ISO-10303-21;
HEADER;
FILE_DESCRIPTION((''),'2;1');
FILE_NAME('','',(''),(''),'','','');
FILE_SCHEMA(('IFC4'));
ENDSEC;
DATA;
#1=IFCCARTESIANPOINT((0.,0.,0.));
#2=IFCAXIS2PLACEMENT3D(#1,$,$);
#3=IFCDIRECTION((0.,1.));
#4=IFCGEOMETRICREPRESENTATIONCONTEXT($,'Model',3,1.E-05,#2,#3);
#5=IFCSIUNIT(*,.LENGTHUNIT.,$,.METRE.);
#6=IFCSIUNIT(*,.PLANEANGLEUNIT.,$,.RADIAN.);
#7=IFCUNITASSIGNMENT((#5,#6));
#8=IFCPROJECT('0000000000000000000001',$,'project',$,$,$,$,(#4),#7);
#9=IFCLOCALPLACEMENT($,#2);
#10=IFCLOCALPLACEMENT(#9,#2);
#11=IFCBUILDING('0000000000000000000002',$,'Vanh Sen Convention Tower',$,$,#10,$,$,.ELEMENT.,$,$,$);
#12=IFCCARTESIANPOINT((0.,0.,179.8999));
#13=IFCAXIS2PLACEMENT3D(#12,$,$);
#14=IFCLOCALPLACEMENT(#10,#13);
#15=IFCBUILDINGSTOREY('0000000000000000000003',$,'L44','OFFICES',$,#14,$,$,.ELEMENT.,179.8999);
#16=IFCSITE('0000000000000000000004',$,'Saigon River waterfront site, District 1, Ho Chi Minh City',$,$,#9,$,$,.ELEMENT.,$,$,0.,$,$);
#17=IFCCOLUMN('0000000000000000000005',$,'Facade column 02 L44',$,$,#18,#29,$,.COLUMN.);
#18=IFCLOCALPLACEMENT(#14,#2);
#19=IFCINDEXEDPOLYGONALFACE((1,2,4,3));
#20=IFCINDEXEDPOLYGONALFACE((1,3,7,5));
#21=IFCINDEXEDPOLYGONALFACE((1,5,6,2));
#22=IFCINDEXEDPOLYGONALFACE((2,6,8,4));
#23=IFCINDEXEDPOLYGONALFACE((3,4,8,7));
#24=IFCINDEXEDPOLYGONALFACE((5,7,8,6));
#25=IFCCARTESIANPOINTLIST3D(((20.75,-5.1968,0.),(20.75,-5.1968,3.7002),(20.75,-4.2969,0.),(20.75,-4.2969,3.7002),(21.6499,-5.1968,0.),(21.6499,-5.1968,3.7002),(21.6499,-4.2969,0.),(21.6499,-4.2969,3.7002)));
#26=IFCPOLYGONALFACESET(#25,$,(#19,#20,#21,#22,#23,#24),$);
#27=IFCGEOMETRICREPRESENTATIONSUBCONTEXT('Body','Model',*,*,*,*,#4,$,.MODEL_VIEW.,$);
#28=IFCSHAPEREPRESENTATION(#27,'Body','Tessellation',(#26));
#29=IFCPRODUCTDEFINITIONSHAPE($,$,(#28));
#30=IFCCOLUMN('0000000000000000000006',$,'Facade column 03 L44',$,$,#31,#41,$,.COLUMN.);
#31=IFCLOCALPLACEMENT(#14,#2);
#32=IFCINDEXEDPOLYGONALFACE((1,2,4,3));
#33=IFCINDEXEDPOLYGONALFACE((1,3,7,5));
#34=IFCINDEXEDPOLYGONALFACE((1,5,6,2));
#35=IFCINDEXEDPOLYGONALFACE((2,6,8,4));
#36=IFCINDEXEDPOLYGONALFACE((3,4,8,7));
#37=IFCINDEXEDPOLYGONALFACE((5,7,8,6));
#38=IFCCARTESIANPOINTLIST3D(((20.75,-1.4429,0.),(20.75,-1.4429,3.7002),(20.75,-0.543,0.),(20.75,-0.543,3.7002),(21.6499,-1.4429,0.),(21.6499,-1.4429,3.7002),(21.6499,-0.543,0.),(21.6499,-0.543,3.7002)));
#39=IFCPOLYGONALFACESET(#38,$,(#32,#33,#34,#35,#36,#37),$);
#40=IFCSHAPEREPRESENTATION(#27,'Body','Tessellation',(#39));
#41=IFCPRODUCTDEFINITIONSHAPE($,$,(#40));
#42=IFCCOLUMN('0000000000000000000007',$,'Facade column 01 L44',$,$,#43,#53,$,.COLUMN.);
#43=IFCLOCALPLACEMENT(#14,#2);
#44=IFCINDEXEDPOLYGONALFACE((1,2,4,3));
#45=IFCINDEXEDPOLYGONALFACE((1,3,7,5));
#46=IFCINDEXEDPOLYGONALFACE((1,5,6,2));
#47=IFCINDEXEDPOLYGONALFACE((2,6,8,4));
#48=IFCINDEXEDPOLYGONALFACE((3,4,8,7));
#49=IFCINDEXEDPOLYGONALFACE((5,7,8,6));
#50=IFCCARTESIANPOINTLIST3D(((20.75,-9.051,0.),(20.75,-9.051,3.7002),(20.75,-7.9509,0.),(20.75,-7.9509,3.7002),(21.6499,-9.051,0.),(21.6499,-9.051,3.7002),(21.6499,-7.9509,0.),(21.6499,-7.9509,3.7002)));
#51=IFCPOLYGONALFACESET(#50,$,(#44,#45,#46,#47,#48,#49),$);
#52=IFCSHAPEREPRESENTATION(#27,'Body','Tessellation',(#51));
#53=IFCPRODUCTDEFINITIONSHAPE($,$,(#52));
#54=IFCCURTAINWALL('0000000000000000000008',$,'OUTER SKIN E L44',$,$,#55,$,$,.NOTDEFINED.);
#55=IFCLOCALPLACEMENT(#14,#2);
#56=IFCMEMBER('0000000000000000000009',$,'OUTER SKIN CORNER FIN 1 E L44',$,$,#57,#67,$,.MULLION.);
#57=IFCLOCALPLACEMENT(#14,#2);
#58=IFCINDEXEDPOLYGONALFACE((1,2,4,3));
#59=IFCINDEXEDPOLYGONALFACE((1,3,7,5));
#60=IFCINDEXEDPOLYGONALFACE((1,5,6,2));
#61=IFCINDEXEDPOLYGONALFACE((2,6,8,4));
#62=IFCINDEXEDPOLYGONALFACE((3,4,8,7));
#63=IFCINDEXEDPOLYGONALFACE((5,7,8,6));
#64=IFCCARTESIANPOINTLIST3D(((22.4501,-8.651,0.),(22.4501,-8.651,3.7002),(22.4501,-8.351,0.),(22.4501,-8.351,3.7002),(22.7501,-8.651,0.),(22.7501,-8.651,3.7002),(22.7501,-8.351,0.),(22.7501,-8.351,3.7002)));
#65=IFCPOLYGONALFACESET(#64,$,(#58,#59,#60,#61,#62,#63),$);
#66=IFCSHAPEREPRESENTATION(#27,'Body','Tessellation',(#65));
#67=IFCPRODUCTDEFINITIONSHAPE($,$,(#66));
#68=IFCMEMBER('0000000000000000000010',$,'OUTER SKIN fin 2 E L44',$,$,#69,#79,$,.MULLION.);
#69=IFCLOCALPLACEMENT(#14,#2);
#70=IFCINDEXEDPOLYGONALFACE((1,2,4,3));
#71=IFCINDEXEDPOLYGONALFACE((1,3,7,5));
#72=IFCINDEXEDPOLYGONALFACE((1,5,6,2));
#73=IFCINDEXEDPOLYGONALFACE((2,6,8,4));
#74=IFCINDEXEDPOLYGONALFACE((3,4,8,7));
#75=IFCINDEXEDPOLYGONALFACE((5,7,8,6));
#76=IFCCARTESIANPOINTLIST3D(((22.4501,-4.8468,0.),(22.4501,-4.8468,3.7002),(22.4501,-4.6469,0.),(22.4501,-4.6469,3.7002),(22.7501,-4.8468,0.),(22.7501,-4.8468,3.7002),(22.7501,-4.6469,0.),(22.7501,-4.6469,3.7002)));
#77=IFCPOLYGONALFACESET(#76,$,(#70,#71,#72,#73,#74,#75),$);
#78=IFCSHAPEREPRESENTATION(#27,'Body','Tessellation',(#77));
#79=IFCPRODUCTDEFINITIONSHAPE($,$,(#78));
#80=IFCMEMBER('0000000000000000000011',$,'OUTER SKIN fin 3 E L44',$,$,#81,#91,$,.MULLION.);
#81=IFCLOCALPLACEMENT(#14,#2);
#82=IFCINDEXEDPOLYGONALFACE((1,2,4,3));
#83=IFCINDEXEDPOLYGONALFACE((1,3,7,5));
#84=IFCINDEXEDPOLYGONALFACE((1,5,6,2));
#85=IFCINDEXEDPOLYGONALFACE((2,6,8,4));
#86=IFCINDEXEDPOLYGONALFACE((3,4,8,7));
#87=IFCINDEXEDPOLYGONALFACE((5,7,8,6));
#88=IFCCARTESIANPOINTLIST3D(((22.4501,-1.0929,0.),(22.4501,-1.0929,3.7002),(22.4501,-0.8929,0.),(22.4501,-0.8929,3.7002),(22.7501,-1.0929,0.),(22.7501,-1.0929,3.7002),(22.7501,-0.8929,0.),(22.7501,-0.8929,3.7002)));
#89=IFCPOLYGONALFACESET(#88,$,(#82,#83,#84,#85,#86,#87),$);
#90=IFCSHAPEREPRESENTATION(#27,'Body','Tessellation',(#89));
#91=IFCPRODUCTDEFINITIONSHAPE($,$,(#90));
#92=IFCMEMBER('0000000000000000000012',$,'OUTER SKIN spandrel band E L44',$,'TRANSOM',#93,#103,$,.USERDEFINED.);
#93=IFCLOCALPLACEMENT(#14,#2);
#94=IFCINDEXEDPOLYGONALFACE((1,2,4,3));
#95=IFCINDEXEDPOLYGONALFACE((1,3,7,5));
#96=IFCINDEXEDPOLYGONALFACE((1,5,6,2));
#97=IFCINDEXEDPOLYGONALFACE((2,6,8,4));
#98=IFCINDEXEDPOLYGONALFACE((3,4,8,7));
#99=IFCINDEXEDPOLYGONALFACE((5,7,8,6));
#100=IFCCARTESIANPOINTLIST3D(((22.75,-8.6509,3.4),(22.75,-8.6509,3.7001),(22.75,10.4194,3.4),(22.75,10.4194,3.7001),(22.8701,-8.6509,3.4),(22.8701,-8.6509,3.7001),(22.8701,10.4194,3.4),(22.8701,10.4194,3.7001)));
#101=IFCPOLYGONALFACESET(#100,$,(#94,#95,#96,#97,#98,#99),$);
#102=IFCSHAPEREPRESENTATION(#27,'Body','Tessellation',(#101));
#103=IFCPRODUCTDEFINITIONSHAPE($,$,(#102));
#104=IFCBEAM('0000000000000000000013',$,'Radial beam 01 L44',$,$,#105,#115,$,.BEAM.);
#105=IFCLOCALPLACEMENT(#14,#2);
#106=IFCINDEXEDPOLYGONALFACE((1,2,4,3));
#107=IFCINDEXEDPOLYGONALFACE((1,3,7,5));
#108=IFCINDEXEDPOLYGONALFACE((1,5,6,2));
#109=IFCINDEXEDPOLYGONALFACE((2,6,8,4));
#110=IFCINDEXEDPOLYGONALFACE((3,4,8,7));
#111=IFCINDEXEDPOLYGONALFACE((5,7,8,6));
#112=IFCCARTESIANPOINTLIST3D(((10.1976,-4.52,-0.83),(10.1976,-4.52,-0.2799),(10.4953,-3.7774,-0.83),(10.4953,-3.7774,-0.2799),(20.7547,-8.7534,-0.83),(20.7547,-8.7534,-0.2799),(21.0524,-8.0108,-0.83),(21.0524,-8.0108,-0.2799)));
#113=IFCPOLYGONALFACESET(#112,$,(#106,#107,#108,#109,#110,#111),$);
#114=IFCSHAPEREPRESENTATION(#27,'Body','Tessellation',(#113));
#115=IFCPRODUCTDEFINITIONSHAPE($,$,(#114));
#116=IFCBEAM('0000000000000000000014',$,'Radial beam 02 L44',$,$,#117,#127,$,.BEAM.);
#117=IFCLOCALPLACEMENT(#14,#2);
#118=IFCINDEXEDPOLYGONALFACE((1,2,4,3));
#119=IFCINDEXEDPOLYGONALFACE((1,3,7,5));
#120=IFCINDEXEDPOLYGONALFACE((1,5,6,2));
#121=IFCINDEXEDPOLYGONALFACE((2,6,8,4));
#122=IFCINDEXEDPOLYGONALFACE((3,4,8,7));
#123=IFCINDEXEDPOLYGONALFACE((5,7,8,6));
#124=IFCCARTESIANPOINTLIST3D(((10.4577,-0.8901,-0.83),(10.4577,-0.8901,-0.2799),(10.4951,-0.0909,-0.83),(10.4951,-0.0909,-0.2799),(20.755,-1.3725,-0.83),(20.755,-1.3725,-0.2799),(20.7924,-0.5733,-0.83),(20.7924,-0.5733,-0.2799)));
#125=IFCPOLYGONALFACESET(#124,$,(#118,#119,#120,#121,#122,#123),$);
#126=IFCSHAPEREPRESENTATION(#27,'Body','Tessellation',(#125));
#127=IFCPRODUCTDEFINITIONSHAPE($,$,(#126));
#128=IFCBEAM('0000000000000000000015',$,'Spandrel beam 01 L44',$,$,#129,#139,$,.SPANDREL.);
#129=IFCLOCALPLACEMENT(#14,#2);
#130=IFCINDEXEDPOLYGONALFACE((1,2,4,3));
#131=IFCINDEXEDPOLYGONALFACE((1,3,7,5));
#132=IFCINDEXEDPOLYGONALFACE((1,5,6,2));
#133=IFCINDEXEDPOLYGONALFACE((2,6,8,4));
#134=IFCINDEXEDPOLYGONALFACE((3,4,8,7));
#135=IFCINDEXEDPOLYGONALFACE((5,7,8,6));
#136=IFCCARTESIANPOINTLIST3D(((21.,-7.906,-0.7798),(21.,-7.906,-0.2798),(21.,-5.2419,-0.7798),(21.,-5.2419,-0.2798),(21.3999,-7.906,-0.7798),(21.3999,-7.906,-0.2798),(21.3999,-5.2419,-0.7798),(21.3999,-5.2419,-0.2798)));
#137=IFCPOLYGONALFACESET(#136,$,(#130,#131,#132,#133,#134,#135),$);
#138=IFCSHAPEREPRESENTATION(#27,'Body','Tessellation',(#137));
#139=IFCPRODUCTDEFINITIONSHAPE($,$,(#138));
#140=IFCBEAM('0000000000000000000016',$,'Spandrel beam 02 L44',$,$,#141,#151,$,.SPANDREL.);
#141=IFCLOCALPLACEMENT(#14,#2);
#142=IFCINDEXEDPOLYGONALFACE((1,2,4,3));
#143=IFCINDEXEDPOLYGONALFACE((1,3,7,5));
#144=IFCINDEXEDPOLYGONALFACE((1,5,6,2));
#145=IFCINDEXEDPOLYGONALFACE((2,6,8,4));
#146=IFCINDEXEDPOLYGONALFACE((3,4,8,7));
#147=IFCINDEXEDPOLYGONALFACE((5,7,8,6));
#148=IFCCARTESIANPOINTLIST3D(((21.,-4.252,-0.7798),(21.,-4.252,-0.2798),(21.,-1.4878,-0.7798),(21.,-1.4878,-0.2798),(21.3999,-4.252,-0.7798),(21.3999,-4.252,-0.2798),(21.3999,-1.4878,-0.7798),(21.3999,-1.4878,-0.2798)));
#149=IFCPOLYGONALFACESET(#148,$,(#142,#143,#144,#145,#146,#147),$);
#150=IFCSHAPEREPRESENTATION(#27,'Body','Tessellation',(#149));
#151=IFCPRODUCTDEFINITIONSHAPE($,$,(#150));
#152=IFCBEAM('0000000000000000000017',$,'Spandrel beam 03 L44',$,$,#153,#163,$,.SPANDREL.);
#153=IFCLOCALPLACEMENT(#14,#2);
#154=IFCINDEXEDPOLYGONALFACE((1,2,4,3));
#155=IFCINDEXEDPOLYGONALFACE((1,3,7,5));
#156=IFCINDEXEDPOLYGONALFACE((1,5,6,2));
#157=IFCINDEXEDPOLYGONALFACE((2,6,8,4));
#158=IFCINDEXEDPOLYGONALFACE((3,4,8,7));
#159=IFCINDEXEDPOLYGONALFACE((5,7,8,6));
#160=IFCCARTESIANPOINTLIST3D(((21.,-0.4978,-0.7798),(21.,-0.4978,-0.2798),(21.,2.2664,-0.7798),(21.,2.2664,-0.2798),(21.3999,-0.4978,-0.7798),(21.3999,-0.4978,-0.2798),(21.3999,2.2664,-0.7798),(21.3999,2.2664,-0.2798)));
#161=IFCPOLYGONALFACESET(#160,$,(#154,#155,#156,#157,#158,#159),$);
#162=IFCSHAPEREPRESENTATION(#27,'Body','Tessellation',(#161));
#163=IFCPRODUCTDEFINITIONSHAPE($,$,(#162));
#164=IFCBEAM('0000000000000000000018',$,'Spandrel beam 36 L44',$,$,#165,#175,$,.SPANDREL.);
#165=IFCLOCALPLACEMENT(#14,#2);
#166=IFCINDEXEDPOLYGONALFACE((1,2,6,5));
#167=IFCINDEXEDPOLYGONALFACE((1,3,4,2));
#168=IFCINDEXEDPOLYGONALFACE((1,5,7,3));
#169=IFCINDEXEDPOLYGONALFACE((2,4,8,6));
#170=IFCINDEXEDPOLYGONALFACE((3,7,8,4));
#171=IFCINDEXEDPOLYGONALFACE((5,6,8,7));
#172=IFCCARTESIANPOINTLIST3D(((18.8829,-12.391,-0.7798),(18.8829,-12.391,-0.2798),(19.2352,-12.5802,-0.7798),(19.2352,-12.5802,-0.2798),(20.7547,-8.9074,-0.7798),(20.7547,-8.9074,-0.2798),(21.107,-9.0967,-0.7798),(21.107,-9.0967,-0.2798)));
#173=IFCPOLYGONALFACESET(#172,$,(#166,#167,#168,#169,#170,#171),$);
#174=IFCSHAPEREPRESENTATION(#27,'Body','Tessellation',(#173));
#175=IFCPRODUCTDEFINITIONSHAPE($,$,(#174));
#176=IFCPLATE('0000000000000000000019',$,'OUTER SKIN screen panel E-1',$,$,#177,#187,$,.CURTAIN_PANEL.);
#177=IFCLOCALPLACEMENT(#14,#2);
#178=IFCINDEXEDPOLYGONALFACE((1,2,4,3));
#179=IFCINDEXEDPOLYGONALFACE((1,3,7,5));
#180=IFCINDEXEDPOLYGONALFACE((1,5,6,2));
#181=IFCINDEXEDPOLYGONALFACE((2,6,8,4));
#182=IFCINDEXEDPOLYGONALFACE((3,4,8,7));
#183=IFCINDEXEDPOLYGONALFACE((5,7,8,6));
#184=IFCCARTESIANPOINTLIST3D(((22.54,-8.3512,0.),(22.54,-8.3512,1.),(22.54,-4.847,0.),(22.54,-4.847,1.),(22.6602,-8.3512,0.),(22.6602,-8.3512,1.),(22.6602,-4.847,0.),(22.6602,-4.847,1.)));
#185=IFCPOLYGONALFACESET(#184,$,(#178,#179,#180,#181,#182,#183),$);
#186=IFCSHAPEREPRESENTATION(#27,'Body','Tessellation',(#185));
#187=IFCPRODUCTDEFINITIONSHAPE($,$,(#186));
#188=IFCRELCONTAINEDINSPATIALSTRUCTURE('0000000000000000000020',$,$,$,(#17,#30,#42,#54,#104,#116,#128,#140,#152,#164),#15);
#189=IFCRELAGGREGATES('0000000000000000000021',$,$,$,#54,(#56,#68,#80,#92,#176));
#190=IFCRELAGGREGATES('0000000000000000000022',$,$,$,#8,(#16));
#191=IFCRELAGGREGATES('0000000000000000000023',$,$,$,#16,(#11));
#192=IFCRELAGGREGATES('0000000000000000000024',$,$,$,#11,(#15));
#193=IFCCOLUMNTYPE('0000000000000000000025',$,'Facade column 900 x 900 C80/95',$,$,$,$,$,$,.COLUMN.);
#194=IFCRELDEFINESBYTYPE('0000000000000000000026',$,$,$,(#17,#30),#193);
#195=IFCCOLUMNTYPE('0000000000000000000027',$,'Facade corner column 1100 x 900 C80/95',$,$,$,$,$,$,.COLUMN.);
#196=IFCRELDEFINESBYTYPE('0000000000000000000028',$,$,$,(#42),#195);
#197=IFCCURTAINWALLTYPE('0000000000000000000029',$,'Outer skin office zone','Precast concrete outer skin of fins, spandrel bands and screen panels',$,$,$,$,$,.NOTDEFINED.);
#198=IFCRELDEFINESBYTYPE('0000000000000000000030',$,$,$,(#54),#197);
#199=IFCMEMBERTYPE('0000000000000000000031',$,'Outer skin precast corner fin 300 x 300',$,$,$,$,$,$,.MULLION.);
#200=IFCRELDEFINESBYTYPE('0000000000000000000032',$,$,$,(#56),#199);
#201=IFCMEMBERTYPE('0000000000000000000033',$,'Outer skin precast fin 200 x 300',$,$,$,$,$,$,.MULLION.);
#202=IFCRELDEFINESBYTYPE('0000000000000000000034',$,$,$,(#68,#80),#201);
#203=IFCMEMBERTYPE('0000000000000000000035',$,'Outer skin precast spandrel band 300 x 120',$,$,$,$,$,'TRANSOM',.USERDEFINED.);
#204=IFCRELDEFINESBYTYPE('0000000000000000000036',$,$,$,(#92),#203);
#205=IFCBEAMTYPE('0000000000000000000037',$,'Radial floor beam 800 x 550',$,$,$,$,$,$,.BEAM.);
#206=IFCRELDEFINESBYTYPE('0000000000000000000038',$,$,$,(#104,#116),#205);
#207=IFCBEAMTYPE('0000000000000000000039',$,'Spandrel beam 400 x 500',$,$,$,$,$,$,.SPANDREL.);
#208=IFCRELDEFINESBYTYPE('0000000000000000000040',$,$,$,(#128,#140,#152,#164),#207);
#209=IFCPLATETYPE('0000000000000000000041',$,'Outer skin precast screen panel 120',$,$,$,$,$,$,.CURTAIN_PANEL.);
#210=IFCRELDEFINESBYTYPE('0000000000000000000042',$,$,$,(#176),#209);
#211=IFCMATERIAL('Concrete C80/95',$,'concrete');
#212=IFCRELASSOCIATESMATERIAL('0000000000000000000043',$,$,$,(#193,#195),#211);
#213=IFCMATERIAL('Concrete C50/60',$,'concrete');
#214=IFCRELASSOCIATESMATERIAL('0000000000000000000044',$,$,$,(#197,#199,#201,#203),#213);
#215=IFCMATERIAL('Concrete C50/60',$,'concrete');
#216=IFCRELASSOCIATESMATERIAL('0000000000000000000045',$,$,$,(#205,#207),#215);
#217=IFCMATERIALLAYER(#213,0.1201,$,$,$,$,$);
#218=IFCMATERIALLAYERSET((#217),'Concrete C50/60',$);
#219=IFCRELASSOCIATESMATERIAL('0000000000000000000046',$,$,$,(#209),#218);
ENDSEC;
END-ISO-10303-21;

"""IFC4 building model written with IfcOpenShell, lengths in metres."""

from ifc_helpers import new_model, si_unit, direction, frame, origin, origin_2d, place, context, subcontext, project, spatial, rectangle, extrude, material, layer, layer_set, material_profile, profile_set, type_object, element, aggregate, save


model = new_model("IFC4")

# Units and contexts
model_context = context("Model", 3, precision=1e-05, world=origin(), true_north=direction((0.0, 1.0)))
body_context = subcontext(model_context, "Body", "Model", "MODEL_VIEW")
ifc_project = project(units=[si_unit("LENGTHUNIT", "METRE"), si_unit("PLANEANGLEUNIT", "RADIAN")], contexts=[model_context])

# Site, building, storey
site_placement = place(None, origin())
site = spatial("IfcSite", under=ifc_project, at=site_placement, Name="Saigon River waterfront site, District 1, Ho Chi Minh City", CompositionType="ELEMENT", RefElevation=0.0)
building_placement = place(site_placement, origin())
building = spatial("IfcBuilding", under=site, at=building_placement, Name="Vanh Sen Convention Tower", CompositionType="ELEMENT")
storey_placement = place(building_placement, frame((0.0, 0.0, 179.8999)))
storey = spatial("IfcBuildingStorey", under=building, at=storey_placement, Name="L44", Description="OFFICES", CompositionType="ELEMENT", Elevation=179.8999)

# Columns
ifc_material_1 = material(Name="Concrete C80/95", Category="concrete")
ifc_material_profile_1 = material_profile(ifc_material_1, rectangle(XDim=0.8999, YDim=0.8999, at=origin_2d()), Name="RC 900X900")
ifc_profile_set_1 = profile_set([ifc_material_profile_1], Name="Concrete C80/95")
column_type_1 = type_object("IfcColumnType", Name="Facade column 900 x 900 C80/95", PredefinedType="COLUMN", material=ifc_profile_set_1)
for number, where, z_axis, x_axis, name in (
    (1, (21.2, -4.7468, 0.0), (0.0, 0.0, 1.0), (0.0, 1.0, 0.0), "Facade column 02 L44"),
    (2, (21.2, -0.9929, 0.0), (0.0, 0.0, 1.0), (0.0, 1.0, 0.0), "Facade column 03 L44"),
):
    element("IfcColumn", number, at=place(storey_placement, frame(where, z_axis=z_axis, x_axis=x_axis)), inside=storey, type_object=column_type_1, Name=name, PredefinedType="COLUMN", context=body_context, shape_type="SweptSolid", body=[
        extrude(rectangle(XDim=0.8999, YDim=0.8999, at=origin_2d()), origin(), (0.0, 0.0, 1.0), 3.7002),
    ])
ifc_material_profile_2 = material_profile(ifc_material_1, rectangle(XDim=1.1001, YDim=0.8999, at=origin_2d()), Name="RC 1100X900")
ifc_profile_set_2 = profile_set([ifc_material_profile_2], Name="Concrete C80/95")
column_type_2 = type_object("IfcColumnType", Name="Facade corner column 1100 x 900 C80/95", PredefinedType="COLUMN", material=ifc_profile_set_2)
column_placement = place(storey_placement, frame((21.2, -8.501, 0.0), z_axis=(0.0, 0.0, 1.0), x_axis=(0.0, 1.0, 0.0)))
element("IfcColumn", 3, at=column_placement, inside=storey, type_object=column_type_2, Name="Facade column 01 L44", PredefinedType="COLUMN", context=body_context, shape_type="SweptSolid", body=[
    extrude(rectangle(XDim=1.1001, YDim=0.8999, at=origin_2d()), origin(), (0.0, 0.0, 1.0), 3.7002),
])

# Curtain wall, members
ifc_material_2 = material(Name="Concrete C50/60", Category="concrete")
curtain_wall_type = type_object("IfcCurtainWallType", Name="Outer skin office zone", Description="Precast concrete outer skin of fins, spandrel bands and screen panels", PredefinedType="NOTDEFINED", material=ifc_material_2)
curtain_wall_1_placement = place(storey_placement, origin())
curtain_wall_1 = element("IfcCurtainWall", 4, at=curtain_wall_1_placement, inside=storey, type_object=curtain_wall_type, Name="OUTER SKIN E L44", PredefinedType="NOTDEFINED")
ifc_material_profile_3 = material_profile(ifc_material_2, rectangle(XDim=0.3, YDim=0.3, at=origin_2d()), Name="Outer skin precast corner fin 300 x 300")
ifc_profile_set_3 = profile_set([ifc_material_profile_3], Name="Concrete C50/60")
member_type_1 = type_object("IfcMemberType", Name="Outer skin precast corner fin 300 x 300", PredefinedType="MULLION", material=ifc_profile_set_3)
member_1_placement = place(storey_placement, frame((22.6001, -8.501, 0.0), z_axis=(0.0, 0.0, 1.0), x_axis=(0.0, 1.0, 0.0)))
member_1 = element("IfcMember", 5, at=member_1_placement, type_object=member_type_1, Name="OUTER SKIN CORNER FIN 1 E L44", PredefinedType="MULLION", context=body_context, shape_type="SweptSolid", body=[
    extrude(rectangle(XDim=0.3, YDim=0.3, at=origin_2d()), origin(), (0.0, 0.0, 1.0), 3.7002),
])
ifc_material_profile_4 = material_profile(ifc_material_2, rectangle(XDim=0.2, YDim=0.3, at=origin_2d()), Name="Outer skin precast fin 200 x 300")
ifc_profile_set_4 = profile_set([ifc_material_profile_4], Name="Concrete C50/60")
member_type_2 = type_object("IfcMemberType", Name="Outer skin precast fin 200 x 300", PredefinedType="MULLION", material=ifc_profile_set_4)
member_2_placement = place(storey_placement, frame((22.6001, -4.7468, 0.0), z_axis=(0.0, 0.0, 1.0), x_axis=(0.0, 1.0, 0.0)))
member_2 = element("IfcMember", 6, at=member_2_placement, type_object=member_type_2, Name="OUTER SKIN fin 2 E L44", PredefinedType="MULLION", context=body_context, shape_type="SweptSolid", body=[
    extrude(rectangle(XDim=0.2, YDim=0.3, at=origin_2d()), origin(), (0.0, 0.0, 1.0), 3.7002),
])
member_3_placement = place(storey_placement, frame((22.6001, -0.9929, 0.0), z_axis=(0.0, 0.0, 1.0), x_axis=(0.0, 1.0, 0.0)))
member_3 = element("IfcMember", 7, at=member_3_placement, type_object=member_type_2, Name="OUTER SKIN fin 3 E L44", PredefinedType="MULLION", context=body_context, shape_type="SweptSolid", body=[
    extrude(rectangle(XDim=0.2, YDim=0.3, at=origin_2d()), origin(), (0.0, 0.0, 1.0), 3.7002),
])
ifc_material_profile_5 = material_profile(ifc_material_2, rectangle(XDim=0.1201, YDim=0.3, at=origin_2d()), Name="Outer skin precast spandrel band 300 x 120")
ifc_profile_set_5 = profile_set([ifc_material_profile_5], Name="Concrete C50/60")
member_type_3 = type_object("IfcMemberType", Name="Outer skin precast spandrel band 300 x 120", ElementType="TRANSOM", PredefinedType="USERDEFINED", material=ifc_profile_set_5)
member_4_placement = place(storey_placement, frame((22.8101, -8.6509, 3.55), z_axis=(0.0, 1.0, 0.0), x_axis=(-1.0, 0.0, 0.0)))
member_4 = element("IfcMember", 8, at=member_4_placement, type_object=member_type_3, Name="OUTER SKIN spandrel band E L44", ObjectType="TRANSOM", PredefinedType="USERDEFINED", context=body_context, shape_type="SweptSolid", body=[
    extrude(rectangle(XDim=0.1201, YDim=0.3, at=origin_2d()), origin(), (0.0, 0.0, 1.0), 19.0703),
])

# Beams
ifc_material_3 = material(Name="Concrete C50/60", Category="concrete")
ifc_material_profile_6 = material_profile(ifc_material_3, rectangle(XDim=0.8, YDim=0.55, at=origin_2d()), Name="RC 800X550")
ifc_profile_set_6 = profile_set([ifc_material_profile_6], Name="Concrete C50/60")
beam_type_1 = type_object("IfcBeamType", Name="Radial floor beam 800 x 550", PredefinedType="BEAM", material=ifc_profile_set_6)
beam_1_placement = place(storey_placement, frame((20.9036, -8.3821, -0.5549), z_axis=(-0.928157, 0.37219, 0.0), x_axis=(-0.37219, -0.928157, 0.0)))
element("IfcBeam", 9, at=beam_1_placement, inside=storey, type_object=beam_type_1, Name="Radial beam 01 L44", PredefinedType="BEAM", context=body_context, shape_type="SweptSolid", body=[
    extrude(rectangle(XDim=0.8, YDim=0.55, at=origin_2d()), origin(), (0.0, 0.0, 1.0), 11.3743),
])
beam_2_placement = place(storey_placement, frame((20.7737, -0.9729, -0.5549), z_axis=(-0.998904, 0.046798, 0.0), x_axis=(-0.046798, -0.998904, 0.0)))
element("IfcBeam", 10, at=beam_2_placement, inside=storey, type_object=beam_type_1, Name="Radial beam 02 L44", PredefinedType="BEAM", context=body_context, shape_type="SweptSolid", body=[
    extrude(rectangle(XDim=0.8, YDim=0.55, at=origin_2d()), origin(), (0.0, 0.0, 1.0), 10.3086),
])
ifc_material_profile_7 = material_profile(ifc_material_3, rectangle(XDim=0.3999, YDim=0.5, at=origin_2d()), Name="RC 400X500")
ifc_profile_set_7 = profile_set([ifc_material_profile_7], Name="Concrete C50/60")
beam_type_2 = type_object("IfcBeamType", Name="Spandrel beam 400 x 500", PredefinedType="SPANDREL", material=ifc_profile_set_7)
beam_3_placement = place(storey_placement, frame((21.2, -7.906, -0.5298), z_axis=(0.0, 1.0, 0.0), x_axis=(-1.0, 0.0, 0.0)))
element("IfcBeam", 11, at=beam_3_placement, inside=storey, type_object=beam_type_2, Name="Spandrel beam 01 L44", PredefinedType="SPANDREL", context=body_context, shape_type="SweptSolid", body=[
    extrude(rectangle(XDim=0.3999, YDim=0.5, at=origin_2d()), origin(), (0.0, 0.0, 1.0), 2.6641),
])
for number, where, z_axis, x_axis, name in (
    (12, (21.2, -4.252, -0.5298), (0.0, 1.0, 0.0), (-1.0, 0.0, 0.0), "Spandrel beam 02 L44"),
    (13, (21.2, -0.4978, -0.5298), (0.0, 1.0, 0.0), (-1.0, 0.0, 0.0), "Spandrel beam 03 L44"),
):
    element("IfcBeam", number, at=place(storey_placement, frame(where, z_axis=z_axis, x_axis=x_axis)), inside=storey, type_object=beam_type_2, Name=name, PredefinedType="SPANDREL", context=body_context, shape_type="SweptSolid", body=[
        extrude(rectangle(XDim=0.3999, YDim=0.5, at=origin_2d()), origin(), (0.0, 0.0, 1.0), 2.7642),
    ])
beam_4_placement = place(storey_placement, frame((19.0591, -12.4856, -0.5298), z_axis=(0.473319, 0.880891, 0.0), x_axis=(-0.880891, 0.473319, 0.0)))
element("IfcBeam", 14, at=beam_4_placement, inside=storey, type_object=beam_type_2, Name="Spandrel beam 36 L44", PredefinedType="SPANDREL", context=body_context, shape_type="SweptSolid", body=[
    extrude(rectangle(XDim=0.3999, YDim=0.5, at=origin_2d()), origin(), (0.0, 0.0, 1.0), 3.9546),
])

# Plate
ifc_layer_1 = layer(ifc_material_2, 0.1201)
ifc_layer_set_1 = layer_set([ifc_layer_1], Name="Concrete C50/60")
plate_type = type_object("IfcPlateType", Name="Outer skin precast screen panel 120", PredefinedType="CURTAIN_PANEL", material=ifc_layer_set_1)
plate_1_placement = place(storey_placement, frame((22.6001, -6.5991, 0.0), z_axis=(0.0, 0.0, 1.0), x_axis=(0.0, 1.0, 0.0)))
plate_1 = element("IfcPlate", 15, at=plate_1_placement, type_object=plate_type, Name="OUTER SKIN screen panel E-1", PredefinedType="CURTAIN_PANEL", context=body_context, shape_type="SweptSolid", body=[
    extrude(rectangle(XDim=3.5042, YDim=0.1201, at=origin_2d()), origin(), (0.0, 0.0, 1.0), 1.0),
])
aggregate(curtain_wall_1, [member_1, member_2, member_3, member_4, plate_1])

save(model, "model.ifc")
